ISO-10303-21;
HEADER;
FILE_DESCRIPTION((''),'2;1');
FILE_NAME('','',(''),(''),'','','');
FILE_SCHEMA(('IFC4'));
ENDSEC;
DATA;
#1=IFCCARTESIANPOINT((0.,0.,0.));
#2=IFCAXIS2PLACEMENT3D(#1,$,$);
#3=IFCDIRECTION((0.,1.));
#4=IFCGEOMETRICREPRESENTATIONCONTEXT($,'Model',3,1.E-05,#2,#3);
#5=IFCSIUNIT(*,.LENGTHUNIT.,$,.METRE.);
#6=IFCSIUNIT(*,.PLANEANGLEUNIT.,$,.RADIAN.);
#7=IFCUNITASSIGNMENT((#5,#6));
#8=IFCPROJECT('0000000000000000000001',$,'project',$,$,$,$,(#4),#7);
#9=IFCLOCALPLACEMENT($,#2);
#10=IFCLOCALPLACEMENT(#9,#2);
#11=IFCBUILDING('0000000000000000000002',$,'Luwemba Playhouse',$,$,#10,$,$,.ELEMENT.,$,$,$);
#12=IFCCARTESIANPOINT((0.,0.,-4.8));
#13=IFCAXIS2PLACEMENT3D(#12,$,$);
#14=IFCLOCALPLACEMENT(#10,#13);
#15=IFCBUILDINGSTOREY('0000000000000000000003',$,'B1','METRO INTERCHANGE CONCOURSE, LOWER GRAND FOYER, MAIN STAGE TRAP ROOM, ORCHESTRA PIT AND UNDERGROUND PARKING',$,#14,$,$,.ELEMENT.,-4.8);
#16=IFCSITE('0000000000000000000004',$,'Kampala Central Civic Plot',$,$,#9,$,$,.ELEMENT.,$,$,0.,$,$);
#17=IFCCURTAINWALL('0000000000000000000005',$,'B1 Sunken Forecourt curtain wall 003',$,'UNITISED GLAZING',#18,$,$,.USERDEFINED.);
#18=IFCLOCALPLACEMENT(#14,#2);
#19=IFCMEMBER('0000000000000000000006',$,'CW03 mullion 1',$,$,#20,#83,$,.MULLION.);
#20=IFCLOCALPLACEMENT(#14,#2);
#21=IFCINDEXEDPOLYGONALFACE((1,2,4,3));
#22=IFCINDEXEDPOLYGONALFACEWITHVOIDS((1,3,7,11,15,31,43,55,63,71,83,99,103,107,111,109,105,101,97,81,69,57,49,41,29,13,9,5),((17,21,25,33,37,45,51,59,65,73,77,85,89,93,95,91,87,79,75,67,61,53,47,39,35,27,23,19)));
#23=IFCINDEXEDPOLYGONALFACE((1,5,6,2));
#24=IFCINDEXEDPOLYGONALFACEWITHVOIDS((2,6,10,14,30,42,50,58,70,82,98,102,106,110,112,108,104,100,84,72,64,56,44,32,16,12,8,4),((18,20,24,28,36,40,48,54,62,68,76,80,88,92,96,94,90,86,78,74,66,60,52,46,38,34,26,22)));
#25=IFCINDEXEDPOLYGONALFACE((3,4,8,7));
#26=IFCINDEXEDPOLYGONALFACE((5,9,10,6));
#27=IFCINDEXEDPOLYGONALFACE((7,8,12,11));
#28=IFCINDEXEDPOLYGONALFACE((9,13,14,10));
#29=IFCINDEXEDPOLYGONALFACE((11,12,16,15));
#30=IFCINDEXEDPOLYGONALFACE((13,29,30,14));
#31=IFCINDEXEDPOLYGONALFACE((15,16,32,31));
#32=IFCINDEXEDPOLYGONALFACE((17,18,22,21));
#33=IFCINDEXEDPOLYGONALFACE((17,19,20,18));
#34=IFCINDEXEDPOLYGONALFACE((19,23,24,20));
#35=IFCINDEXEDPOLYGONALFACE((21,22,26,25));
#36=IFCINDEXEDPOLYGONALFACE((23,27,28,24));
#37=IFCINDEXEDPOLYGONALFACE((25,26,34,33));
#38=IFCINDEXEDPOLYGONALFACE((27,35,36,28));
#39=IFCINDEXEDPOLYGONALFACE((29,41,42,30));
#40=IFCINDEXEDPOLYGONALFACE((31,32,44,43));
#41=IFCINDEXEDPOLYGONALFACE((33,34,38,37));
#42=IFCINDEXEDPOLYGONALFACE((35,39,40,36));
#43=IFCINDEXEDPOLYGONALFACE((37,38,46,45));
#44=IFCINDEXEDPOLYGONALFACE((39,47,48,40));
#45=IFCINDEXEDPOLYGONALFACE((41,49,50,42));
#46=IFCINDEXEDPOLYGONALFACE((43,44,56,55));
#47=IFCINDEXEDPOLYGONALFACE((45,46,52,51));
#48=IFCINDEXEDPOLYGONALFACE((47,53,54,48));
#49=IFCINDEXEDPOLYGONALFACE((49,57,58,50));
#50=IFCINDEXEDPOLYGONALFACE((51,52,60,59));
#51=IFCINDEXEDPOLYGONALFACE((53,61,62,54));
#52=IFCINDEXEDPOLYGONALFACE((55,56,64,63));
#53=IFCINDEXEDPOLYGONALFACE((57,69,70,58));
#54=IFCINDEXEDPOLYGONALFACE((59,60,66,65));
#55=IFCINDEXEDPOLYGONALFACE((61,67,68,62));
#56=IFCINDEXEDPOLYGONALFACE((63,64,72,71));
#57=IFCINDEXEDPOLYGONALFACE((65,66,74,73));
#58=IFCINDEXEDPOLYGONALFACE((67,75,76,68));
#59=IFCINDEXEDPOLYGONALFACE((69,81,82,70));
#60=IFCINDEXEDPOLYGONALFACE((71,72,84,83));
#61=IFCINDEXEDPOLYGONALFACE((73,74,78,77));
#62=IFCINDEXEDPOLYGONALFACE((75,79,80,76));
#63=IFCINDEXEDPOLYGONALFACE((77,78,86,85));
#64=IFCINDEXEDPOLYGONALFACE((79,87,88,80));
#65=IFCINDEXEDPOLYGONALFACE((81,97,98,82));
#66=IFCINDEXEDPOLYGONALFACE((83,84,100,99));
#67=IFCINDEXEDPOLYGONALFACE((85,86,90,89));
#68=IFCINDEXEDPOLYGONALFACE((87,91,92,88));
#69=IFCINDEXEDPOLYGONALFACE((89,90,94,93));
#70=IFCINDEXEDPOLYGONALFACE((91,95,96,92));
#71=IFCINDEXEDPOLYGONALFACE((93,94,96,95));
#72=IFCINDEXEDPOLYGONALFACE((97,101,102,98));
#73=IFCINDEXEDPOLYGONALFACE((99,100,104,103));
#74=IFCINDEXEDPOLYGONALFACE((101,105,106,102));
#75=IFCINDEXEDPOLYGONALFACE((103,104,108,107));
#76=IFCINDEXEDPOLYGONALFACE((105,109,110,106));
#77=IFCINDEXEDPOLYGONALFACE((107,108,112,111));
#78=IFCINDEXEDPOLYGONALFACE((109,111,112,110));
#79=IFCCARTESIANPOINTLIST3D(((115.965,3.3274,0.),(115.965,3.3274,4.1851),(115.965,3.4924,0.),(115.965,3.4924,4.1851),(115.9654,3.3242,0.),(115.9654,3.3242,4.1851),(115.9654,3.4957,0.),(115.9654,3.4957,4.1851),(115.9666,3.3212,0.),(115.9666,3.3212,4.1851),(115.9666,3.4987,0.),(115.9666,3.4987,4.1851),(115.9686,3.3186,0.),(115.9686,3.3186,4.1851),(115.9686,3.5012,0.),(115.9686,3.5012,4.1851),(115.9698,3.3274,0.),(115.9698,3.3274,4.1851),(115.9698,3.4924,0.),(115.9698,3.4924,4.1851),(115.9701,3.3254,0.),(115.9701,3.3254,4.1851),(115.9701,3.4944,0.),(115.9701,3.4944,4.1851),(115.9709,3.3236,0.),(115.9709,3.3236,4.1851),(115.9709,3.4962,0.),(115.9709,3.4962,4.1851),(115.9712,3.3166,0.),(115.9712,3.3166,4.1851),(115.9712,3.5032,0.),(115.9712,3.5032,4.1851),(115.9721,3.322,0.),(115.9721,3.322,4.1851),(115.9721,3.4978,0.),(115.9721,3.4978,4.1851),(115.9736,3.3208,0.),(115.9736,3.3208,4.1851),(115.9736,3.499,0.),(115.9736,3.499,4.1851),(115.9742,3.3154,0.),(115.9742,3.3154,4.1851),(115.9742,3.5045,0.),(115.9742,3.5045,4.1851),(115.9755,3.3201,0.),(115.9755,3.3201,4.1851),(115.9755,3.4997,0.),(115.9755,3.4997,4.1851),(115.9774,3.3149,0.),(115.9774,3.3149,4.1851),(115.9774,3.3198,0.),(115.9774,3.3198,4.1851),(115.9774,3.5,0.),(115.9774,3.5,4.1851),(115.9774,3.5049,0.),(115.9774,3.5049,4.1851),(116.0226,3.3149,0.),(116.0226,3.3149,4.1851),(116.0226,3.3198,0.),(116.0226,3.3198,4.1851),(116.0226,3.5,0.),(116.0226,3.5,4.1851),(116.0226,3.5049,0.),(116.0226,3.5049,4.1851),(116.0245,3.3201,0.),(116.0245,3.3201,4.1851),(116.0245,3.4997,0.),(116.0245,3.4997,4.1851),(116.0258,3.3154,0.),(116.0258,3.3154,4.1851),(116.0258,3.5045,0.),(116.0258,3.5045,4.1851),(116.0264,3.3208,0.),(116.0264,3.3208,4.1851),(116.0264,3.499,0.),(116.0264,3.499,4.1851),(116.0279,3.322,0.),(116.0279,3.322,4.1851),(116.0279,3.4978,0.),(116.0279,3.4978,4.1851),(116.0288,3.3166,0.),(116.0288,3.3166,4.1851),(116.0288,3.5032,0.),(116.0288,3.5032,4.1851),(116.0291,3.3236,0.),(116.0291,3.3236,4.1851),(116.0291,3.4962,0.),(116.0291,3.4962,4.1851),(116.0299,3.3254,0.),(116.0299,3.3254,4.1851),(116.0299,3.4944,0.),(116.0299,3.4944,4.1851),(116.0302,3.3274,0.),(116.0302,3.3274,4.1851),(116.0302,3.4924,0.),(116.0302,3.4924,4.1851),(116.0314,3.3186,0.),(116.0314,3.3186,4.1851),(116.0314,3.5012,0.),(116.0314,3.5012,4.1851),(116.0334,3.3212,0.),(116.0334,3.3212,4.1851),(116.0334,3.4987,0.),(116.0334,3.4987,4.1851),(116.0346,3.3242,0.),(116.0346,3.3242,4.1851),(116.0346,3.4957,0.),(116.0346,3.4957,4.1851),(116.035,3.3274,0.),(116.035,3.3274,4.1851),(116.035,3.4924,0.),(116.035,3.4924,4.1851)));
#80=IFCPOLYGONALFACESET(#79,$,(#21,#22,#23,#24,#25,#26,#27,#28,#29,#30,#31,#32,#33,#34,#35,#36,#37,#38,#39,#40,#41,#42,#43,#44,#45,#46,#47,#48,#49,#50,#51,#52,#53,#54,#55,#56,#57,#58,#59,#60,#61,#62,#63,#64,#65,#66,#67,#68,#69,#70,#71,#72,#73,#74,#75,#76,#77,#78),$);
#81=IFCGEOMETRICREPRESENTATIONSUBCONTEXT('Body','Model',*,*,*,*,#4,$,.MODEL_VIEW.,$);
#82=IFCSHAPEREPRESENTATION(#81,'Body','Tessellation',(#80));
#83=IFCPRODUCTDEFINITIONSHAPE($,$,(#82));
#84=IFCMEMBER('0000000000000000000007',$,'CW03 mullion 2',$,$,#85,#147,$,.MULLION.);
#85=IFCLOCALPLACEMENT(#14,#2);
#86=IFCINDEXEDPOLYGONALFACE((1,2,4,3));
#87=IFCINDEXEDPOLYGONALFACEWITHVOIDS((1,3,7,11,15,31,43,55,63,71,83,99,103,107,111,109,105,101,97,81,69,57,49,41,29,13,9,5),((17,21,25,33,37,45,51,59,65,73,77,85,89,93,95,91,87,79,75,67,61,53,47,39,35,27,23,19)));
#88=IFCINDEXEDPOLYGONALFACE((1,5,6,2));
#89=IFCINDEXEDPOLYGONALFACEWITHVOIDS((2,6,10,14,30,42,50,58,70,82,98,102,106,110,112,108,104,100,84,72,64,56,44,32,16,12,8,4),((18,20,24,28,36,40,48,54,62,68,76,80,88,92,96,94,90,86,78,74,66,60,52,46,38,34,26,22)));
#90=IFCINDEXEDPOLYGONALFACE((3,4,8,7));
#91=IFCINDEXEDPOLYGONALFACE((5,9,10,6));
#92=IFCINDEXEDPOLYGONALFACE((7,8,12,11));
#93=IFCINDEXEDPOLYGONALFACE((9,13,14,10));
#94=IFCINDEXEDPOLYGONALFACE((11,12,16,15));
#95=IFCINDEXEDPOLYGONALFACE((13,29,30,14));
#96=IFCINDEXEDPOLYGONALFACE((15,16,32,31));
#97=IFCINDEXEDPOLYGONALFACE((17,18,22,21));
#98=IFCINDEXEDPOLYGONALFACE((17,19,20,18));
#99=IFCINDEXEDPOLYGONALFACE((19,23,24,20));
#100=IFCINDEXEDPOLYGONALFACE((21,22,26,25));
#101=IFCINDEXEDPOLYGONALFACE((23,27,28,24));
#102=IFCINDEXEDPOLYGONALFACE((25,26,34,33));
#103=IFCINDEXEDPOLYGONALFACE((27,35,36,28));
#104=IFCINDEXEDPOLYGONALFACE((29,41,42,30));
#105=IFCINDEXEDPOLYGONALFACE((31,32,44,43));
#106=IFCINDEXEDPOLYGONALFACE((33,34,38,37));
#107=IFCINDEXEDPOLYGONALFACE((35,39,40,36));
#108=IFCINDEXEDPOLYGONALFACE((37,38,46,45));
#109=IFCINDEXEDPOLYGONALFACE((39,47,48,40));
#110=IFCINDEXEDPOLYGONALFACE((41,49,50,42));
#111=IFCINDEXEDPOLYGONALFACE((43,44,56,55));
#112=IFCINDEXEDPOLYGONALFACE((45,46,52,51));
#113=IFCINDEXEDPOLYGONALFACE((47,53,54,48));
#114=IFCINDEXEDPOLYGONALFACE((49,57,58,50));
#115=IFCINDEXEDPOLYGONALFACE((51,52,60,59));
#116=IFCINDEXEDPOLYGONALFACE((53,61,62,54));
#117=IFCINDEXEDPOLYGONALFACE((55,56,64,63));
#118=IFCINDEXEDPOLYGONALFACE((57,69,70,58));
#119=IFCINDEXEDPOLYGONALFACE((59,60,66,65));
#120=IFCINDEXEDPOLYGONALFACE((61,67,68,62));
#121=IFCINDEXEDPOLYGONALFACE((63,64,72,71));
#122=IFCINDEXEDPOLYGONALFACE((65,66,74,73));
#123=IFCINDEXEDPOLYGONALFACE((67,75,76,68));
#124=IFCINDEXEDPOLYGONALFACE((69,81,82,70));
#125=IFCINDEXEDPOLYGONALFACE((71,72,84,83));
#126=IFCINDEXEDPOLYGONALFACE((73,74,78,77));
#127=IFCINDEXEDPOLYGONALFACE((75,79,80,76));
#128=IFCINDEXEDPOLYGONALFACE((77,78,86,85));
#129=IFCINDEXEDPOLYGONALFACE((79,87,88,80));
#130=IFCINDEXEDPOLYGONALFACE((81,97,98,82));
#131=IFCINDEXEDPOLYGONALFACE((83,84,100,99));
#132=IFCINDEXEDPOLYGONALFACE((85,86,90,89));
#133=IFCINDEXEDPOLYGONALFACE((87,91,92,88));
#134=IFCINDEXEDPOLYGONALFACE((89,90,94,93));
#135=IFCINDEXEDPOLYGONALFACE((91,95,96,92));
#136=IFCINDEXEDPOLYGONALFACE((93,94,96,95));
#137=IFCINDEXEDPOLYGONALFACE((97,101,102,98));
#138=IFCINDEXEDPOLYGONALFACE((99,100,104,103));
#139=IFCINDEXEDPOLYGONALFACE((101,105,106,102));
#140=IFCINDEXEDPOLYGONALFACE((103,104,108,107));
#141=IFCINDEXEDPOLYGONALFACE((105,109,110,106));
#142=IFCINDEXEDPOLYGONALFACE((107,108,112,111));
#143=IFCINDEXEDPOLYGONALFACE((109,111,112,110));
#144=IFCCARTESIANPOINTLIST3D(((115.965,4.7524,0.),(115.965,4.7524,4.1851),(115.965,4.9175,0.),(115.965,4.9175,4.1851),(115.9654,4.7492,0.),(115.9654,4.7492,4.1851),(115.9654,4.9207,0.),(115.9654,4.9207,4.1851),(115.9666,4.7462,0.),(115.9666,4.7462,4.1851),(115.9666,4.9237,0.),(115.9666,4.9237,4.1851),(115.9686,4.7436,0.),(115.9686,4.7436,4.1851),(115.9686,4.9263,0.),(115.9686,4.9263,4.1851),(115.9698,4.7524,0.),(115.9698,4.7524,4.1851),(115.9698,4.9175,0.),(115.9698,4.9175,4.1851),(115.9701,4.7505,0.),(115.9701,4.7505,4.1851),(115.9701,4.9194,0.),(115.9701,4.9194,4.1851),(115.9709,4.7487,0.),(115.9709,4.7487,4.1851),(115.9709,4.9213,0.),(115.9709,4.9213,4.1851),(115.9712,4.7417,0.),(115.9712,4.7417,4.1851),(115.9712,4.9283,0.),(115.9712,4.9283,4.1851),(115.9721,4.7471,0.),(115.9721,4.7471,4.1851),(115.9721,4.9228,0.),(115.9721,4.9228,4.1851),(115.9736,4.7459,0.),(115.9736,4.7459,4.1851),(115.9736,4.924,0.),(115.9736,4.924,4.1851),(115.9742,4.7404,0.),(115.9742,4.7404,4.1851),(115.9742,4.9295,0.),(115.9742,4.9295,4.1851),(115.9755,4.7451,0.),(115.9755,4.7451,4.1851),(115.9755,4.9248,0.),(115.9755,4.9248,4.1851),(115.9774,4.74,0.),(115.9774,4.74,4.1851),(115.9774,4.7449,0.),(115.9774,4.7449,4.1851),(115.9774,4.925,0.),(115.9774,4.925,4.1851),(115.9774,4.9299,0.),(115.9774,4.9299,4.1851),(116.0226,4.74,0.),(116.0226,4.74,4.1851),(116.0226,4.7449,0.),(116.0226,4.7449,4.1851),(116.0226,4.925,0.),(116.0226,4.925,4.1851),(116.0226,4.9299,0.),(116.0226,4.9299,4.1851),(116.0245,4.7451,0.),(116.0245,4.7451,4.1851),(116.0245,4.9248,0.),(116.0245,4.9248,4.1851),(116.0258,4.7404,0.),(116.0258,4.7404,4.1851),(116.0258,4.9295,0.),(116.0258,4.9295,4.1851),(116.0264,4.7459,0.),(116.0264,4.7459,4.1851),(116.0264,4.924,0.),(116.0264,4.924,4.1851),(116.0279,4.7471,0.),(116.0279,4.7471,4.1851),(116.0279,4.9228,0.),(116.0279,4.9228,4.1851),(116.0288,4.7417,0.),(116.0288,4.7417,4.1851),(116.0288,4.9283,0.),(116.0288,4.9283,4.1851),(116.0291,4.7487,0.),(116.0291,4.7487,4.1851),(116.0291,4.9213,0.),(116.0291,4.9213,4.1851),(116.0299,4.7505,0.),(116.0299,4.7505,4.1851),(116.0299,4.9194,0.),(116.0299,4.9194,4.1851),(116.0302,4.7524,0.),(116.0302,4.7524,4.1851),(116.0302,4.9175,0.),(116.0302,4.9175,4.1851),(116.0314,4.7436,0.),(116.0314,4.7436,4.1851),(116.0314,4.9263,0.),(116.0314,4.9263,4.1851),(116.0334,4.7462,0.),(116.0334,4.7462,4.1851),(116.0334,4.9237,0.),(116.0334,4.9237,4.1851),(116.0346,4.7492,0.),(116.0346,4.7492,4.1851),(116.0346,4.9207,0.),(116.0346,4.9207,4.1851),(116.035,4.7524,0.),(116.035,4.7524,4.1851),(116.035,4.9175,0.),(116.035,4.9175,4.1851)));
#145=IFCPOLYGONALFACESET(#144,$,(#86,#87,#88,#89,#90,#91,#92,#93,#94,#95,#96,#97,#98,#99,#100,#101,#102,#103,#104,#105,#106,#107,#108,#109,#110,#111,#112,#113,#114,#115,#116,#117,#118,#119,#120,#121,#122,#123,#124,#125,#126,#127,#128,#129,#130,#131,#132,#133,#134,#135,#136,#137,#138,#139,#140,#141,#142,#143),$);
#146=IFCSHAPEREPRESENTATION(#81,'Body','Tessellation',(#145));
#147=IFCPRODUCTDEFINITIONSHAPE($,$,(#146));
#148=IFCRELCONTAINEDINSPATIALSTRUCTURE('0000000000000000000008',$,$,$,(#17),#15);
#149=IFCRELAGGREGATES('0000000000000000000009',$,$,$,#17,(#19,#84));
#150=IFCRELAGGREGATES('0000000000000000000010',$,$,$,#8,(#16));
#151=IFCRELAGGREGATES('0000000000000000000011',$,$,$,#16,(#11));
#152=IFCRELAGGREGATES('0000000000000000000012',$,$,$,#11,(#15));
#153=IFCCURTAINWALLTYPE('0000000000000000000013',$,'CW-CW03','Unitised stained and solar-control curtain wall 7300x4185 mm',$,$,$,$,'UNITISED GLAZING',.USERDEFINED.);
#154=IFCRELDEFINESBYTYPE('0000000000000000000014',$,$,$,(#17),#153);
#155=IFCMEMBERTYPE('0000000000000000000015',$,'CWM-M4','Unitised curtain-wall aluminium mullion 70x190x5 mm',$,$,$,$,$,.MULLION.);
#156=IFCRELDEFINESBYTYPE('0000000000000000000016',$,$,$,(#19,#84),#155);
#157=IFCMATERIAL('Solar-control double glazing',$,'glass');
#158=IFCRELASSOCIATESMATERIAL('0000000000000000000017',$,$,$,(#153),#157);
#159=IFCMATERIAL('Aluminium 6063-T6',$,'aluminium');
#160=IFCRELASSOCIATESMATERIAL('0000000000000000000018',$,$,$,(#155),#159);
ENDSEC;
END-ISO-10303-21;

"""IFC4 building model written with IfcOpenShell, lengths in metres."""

from ifc_helpers import new_model, si_unit, direction, frame, origin, origin_2d, place, context, subcontext, project, spatial, hollow_rectangle, extrude, material, material_profile, profile_set, type_object, element, aggregate, save


model = new_model("IFC4")

# Units and contexts
model_context = context("Model", 3, precision=1e-05, world=origin(), true_north=direction((0.0, 1.0)))
body_context = subcontext(model_context, "Body", "Model", "MODEL_VIEW")
ifc_project = project(units=[si_unit("LENGTHUNIT", "METRE"), si_unit("PLANEANGLEUNIT", "RADIAN")], contexts=[model_context])

# Site, building, storey
site_placement = place(None, origin())
site = spatial("IfcSite", under=ifc_project, at=site_placement, Name="Kampala Central Civic Plot", CompositionType="ELEMENT", RefElevation=0.0)
building_placement = place(site_placement, origin())
building = spatial("IfcBuilding", under=site, at=building_placement, Name="Luwemba Playhouse", CompositionType="ELEMENT")
storey_placement = place(building_placement, frame((0.0, 0.0, -4.8)))
storey = spatial("IfcBuildingStorey", under=building, at=storey_placement, Name="B1", Description="METRO INTERCHANGE CONCOURSE, LOWER GRAND FOYER, MAIN STAGE TRAP ROOM, ORCHESTRA PIT AND UNDERGROUND PARKING", CompositionType="ELEMENT", Elevation=-4.8)

# Curtain wall, members
ifc_material_1 = material(Name="Solar-control double glazing", Category="glass")
curtain_wall_type = type_object("IfcCurtainWallType", Name="CW-CW03", Description="Unitised stained and solar-control curtain wall 7300x4185 mm", ElementType="UNITISED GLAZING", PredefinedType="USERDEFINED", material=ifc_material_1)
curtain_wall_placement = place(storey_placement, origin())
curtain_wall = element("IfcCurtainWall", 1, at=curtain_wall_placement, inside=storey, type_object=curtain_wall_type, Name="B1 Sunken Forecourt curtain wall 003", ObjectType="UNITISED GLAZING", PredefinedType="USERDEFINED")
ifc_material_2 = material(Name="Aluminium 6063-T6", Category="aluminium")
ifc_material_profile_1 = material_profile(ifc_material_2, hollow_rectangle(XDim=0.0701, YDim=0.1899, WallThickness=0.0049, InnerFilletRadius=0.0076, OuterFilletRadius=0.0125, at=origin_2d()))
ifc_profile_set_1 = profile_set([ifc_material_profile_1], Name="Aluminium 6063-T6")
member_type_1 = type_object("IfcMemberType", Name="CWM-M4", Description="Unitised curtain-wall aluminium mullion 70x190x5 mm", PredefinedType="MULLION", material=ifc_profile_set_1)
member_1_placement = place(storey_placement, frame((116.0, 3.4099, 0.0), z_axis=(0.0, 0.0, 1.0), x_axis=(-1.0, 0.0, 0.0)))
member_1 = element("IfcMember", 2, at=member_1_placement, type_object=member_type_1, Name="CW03 mullion 1", PredefinedType="MULLION", context=body_context, shape_type="SweptSolid", body=[
    extrude(hollow_rectangle(XDim=0.0701, YDim=0.1899, WallThickness=0.0049, InnerFilletRadius=0.0076, OuterFilletRadius=0.0125, at=origin_2d()), origin(), (0.0, 0.0, 1.0), 4.1851),
])
member_2_placement = place(storey_placement, frame((116.0, 4.835, 0.0), z_axis=(0.0, 0.0, 1.0), x_axis=(-1.0, 0.0, 0.0)))
member_2 = element("IfcMember", 3, at=member_2_placement, type_object=member_type_1, Name="CW03 mullion 2", PredefinedType="MULLION", context=body_context, shape_type="SweptSolid", body=[
    extrude(hollow_rectangle(XDim=0.0701, YDim=0.1899, WallThickness=0.0049, InnerFilletRadius=0.0076, OuterFilletRadius=0.0125, at=origin_2d()), origin(), (0.0, 0.0, 1.0), 4.1851),
])
aggregate(curtain_wall, [member_1, member_2])

save(model, "model.ifc")
